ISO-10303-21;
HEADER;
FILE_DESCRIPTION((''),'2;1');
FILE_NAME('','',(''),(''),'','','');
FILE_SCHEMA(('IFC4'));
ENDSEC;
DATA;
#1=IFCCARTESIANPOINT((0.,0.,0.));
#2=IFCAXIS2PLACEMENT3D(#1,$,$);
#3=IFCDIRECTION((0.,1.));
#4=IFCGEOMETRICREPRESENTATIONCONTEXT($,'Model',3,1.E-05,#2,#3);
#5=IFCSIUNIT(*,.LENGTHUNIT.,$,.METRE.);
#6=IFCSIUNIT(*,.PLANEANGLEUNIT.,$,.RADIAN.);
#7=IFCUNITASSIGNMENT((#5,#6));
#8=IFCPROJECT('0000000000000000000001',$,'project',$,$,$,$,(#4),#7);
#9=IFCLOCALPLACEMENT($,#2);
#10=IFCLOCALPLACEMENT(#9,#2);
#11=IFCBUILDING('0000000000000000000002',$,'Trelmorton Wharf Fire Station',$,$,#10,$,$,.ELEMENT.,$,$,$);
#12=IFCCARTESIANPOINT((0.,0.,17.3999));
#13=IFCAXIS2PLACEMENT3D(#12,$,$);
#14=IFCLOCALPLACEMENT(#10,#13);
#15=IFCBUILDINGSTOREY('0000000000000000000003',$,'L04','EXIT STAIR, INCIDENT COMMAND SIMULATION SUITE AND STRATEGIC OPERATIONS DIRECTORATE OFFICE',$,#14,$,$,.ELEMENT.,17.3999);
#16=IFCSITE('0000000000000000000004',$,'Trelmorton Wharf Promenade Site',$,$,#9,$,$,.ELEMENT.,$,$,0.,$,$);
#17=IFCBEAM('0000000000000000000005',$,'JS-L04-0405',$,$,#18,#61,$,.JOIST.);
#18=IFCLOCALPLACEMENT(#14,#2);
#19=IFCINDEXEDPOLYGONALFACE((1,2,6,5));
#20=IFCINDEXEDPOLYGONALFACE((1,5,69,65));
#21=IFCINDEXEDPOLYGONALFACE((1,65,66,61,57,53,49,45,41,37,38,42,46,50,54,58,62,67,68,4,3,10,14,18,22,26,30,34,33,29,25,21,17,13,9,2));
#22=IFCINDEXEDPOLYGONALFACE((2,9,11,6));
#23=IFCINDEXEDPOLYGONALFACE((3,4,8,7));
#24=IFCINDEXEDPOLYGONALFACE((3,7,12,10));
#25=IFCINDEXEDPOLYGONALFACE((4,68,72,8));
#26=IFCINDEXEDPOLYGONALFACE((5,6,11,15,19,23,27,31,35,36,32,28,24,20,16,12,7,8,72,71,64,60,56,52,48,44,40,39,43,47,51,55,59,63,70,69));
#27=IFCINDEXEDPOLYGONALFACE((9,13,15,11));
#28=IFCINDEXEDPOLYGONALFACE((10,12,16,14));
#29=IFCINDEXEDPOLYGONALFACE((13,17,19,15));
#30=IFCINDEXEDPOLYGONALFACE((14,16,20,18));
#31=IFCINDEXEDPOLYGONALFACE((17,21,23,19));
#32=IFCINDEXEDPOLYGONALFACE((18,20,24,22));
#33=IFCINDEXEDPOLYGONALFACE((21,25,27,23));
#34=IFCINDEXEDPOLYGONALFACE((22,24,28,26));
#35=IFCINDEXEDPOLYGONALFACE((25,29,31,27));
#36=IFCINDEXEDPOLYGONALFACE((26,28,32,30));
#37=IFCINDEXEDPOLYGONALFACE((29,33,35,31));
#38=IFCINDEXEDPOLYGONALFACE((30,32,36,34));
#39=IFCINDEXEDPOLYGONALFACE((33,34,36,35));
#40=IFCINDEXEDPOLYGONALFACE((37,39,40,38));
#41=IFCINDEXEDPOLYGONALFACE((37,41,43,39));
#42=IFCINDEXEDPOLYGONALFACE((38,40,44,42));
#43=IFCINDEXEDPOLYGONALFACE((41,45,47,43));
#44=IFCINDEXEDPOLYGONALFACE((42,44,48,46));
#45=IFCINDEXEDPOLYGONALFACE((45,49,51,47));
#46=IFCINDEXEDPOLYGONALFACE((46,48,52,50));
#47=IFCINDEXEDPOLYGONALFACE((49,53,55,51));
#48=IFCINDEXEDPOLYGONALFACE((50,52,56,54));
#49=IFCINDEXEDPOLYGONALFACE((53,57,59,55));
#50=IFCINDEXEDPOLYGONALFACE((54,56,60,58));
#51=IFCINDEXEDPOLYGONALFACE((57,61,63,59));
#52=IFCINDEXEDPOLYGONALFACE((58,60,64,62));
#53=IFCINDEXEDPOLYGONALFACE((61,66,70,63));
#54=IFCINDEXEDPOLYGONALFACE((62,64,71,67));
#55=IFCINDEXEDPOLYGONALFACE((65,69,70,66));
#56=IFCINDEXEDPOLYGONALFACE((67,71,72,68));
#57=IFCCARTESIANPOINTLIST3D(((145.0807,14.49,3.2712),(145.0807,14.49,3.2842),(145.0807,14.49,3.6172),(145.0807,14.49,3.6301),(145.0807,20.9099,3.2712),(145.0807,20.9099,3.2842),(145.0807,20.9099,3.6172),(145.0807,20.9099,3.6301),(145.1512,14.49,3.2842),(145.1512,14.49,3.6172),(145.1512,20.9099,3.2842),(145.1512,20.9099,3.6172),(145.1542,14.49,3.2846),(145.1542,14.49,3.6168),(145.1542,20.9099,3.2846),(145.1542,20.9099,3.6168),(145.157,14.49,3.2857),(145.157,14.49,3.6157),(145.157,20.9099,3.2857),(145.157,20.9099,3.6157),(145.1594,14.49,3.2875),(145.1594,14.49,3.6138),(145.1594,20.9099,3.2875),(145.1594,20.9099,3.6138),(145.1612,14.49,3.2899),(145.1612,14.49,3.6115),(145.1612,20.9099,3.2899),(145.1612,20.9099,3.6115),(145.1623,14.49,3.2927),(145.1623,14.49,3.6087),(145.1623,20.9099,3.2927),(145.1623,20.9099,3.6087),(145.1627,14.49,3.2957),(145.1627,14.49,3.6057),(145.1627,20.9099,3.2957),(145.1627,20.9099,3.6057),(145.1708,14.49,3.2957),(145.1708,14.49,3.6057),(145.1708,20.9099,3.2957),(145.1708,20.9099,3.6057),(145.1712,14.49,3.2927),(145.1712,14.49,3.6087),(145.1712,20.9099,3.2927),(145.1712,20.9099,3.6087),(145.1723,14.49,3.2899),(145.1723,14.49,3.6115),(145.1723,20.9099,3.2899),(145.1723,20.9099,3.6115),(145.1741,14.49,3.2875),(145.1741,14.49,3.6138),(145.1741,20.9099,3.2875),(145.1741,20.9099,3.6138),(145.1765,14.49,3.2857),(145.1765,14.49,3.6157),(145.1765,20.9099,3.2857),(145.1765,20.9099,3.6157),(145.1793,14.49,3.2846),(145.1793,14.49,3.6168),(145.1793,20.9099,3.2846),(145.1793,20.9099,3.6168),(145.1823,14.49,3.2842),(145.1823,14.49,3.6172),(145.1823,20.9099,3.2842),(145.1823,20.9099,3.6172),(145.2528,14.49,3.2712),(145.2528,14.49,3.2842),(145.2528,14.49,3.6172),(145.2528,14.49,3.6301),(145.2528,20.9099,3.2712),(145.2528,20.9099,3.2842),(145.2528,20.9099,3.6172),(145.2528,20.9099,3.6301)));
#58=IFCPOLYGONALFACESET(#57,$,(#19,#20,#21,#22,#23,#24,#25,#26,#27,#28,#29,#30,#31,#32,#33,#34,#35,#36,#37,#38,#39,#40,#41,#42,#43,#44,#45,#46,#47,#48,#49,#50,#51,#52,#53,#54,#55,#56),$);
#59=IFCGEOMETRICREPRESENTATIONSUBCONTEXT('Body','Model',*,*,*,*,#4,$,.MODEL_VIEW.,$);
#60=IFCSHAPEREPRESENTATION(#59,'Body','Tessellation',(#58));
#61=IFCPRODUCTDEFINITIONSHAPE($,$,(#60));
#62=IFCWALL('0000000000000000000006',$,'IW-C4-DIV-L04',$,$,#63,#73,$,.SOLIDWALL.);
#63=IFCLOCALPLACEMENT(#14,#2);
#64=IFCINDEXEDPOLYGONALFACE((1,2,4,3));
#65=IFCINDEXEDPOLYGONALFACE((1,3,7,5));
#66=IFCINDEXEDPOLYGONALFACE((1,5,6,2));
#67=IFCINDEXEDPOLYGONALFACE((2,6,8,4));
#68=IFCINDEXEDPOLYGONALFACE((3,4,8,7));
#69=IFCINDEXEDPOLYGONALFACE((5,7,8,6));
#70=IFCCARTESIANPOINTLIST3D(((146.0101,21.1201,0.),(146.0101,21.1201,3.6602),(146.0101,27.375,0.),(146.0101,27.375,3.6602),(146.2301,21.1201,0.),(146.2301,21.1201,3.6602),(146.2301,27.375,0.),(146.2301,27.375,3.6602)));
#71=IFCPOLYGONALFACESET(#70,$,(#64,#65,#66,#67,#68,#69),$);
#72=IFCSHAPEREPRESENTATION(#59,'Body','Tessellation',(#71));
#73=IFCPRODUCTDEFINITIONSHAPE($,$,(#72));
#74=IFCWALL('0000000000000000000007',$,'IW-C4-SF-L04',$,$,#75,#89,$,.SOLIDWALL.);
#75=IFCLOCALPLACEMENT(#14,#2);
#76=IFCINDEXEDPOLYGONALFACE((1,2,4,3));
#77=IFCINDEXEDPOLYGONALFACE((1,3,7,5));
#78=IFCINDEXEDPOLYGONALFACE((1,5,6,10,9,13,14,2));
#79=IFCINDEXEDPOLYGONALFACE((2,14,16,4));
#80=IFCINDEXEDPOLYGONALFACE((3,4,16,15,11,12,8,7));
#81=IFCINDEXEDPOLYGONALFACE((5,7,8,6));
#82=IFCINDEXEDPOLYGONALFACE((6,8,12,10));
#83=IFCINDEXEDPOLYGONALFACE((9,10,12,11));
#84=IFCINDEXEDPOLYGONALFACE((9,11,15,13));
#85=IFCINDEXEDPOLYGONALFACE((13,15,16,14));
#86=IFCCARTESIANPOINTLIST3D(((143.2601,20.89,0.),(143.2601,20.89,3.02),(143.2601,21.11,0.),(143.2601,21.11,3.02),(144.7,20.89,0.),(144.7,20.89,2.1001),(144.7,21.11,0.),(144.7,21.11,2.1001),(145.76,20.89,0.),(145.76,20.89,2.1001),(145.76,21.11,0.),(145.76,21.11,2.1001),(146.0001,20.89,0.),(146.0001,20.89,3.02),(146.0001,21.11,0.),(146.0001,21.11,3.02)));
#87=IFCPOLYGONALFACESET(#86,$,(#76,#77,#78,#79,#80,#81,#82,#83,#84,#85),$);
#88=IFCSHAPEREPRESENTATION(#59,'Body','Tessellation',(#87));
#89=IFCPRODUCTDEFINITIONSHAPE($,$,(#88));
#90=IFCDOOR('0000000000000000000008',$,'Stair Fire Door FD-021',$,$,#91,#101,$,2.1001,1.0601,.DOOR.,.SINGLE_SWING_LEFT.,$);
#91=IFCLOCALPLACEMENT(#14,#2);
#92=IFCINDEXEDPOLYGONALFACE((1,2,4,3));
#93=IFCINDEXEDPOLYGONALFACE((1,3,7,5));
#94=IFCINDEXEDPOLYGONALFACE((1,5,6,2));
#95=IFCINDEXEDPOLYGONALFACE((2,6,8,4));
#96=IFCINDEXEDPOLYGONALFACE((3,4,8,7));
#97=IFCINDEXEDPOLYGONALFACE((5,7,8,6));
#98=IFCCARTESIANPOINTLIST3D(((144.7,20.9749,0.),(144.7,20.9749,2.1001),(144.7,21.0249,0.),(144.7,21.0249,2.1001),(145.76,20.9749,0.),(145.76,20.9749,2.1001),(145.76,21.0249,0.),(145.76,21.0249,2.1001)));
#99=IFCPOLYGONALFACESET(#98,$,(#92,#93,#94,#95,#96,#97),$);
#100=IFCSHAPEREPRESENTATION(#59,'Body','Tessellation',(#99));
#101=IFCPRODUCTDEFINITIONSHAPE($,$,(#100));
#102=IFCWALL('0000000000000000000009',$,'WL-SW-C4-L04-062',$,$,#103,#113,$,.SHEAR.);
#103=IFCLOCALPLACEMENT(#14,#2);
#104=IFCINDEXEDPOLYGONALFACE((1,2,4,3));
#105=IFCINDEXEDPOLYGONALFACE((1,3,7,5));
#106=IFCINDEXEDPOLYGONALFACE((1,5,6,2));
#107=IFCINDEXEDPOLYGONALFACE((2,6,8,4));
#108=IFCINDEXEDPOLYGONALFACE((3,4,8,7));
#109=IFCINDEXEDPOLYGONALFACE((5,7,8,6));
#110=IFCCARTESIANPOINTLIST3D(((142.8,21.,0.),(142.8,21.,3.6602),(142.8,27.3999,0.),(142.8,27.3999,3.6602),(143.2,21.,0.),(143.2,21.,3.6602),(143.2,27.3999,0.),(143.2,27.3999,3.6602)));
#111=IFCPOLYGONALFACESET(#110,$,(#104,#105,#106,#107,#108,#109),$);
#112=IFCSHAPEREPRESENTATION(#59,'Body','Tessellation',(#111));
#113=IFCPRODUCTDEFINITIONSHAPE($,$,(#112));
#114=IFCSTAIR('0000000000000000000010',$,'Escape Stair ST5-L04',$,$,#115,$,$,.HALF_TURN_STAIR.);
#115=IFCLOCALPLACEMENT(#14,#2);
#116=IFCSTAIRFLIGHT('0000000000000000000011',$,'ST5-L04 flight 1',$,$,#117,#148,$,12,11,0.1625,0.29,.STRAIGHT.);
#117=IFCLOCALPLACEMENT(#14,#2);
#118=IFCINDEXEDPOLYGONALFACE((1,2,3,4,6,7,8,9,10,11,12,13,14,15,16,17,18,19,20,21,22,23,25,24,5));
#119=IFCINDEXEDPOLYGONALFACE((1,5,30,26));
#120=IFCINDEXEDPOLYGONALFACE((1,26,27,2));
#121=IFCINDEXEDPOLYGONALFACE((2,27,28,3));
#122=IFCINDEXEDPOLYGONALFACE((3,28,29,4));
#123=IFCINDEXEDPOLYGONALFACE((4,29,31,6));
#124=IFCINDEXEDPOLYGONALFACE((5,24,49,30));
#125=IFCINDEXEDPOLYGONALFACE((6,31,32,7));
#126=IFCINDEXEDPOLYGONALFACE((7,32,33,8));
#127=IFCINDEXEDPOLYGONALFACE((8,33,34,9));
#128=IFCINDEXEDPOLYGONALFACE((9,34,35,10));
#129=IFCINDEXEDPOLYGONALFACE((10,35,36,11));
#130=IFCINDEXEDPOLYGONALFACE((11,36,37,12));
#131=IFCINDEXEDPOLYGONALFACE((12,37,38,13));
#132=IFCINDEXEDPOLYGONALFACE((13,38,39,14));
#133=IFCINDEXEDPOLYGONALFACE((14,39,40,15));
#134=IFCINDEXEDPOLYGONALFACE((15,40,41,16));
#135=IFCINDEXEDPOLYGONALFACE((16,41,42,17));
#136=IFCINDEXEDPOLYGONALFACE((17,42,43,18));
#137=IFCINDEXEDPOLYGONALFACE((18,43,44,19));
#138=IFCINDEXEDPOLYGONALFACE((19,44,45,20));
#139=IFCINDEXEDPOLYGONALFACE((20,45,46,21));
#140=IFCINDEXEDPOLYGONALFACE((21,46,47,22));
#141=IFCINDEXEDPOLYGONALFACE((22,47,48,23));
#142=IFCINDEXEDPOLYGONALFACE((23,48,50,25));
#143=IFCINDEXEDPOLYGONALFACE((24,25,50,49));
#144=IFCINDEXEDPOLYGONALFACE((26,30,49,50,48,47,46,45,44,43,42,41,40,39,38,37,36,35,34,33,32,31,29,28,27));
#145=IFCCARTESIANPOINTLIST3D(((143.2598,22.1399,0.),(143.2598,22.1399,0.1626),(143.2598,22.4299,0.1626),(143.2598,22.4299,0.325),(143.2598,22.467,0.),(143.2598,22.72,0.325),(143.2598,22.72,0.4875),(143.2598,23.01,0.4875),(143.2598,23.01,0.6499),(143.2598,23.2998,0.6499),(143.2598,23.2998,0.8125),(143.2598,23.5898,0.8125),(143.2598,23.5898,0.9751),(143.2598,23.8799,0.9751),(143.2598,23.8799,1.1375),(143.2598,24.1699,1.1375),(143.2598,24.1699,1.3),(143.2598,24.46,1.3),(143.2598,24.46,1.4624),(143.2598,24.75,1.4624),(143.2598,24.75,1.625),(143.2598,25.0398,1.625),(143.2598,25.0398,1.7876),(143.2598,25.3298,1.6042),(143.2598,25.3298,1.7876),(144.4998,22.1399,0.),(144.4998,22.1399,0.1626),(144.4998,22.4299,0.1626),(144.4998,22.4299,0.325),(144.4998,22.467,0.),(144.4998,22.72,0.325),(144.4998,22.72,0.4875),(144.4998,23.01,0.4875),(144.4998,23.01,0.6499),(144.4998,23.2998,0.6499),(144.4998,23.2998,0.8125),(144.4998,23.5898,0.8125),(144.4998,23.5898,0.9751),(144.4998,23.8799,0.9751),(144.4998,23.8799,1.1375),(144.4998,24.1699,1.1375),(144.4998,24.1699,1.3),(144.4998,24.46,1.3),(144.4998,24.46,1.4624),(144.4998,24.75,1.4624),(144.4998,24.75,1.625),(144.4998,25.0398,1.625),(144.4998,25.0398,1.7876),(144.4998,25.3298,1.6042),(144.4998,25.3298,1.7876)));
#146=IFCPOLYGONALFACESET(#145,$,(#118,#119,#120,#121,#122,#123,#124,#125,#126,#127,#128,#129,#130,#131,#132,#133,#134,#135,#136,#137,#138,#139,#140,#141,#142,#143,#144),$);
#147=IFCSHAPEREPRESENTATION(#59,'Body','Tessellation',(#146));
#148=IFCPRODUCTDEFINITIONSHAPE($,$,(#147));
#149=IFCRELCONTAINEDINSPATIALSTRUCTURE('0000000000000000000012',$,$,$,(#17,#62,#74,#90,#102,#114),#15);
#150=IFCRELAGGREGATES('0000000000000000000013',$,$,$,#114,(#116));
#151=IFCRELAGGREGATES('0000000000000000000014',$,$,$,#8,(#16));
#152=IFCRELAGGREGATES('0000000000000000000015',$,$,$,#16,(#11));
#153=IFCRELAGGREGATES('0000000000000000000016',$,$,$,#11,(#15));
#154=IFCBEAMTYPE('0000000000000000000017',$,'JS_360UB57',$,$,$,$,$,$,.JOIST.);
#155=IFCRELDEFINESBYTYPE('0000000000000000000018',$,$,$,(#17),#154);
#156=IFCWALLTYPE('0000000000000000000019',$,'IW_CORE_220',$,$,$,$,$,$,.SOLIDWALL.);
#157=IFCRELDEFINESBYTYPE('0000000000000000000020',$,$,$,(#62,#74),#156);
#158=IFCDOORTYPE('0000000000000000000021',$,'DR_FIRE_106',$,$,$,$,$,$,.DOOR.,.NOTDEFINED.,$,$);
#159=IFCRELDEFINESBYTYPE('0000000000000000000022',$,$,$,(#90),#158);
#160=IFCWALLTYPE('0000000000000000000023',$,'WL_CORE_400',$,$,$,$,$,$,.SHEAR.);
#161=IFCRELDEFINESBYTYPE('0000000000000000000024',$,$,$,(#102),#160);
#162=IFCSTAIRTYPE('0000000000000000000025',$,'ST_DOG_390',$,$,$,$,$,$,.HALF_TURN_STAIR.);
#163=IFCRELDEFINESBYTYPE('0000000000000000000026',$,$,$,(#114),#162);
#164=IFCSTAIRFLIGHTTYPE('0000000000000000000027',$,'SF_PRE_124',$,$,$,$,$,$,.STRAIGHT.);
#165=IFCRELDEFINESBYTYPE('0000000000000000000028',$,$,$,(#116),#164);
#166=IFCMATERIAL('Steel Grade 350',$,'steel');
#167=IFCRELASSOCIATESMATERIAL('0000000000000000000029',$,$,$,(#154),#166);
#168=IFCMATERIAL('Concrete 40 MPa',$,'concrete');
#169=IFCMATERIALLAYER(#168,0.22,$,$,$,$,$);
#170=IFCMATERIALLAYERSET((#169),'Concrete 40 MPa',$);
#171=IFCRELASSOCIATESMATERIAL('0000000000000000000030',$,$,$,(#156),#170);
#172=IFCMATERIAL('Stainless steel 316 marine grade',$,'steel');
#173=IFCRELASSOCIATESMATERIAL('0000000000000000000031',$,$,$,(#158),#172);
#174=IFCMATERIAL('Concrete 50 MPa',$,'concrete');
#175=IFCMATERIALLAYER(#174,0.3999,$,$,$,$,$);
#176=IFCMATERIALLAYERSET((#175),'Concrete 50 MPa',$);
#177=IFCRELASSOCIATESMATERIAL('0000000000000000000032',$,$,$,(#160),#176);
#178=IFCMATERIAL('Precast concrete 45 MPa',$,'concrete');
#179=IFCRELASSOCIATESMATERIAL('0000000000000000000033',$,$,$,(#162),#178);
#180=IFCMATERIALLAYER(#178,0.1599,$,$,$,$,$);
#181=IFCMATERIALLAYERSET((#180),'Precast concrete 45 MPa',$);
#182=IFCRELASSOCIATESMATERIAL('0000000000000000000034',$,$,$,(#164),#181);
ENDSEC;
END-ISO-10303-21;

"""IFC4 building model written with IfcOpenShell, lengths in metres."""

from ifc_helpers import new_model, si_unit, direction, frame, frame_2d, origin, origin_2d, place, context, subcontext, project, spatial, polyline, rectangle, i_section, outline, extrude, material, layer, layer_set, material_profile, profile_set, type_object, element, fill, aggregate, save


model = new_model("IFC4")

# Units and contexts
model_context = context("Model", 3, precision=1e-05, world=origin(), true_north=direction((0.0, 1.0)))
body_context = subcontext(model_context, "Body", "Model", "MODEL_VIEW")
ifc_project = project(units=[si_unit("LENGTHUNIT", "METRE"), si_unit("PLANEANGLEUNIT", "RADIAN")], contexts=[model_context])

# Site, building, storey
site_placement = place(None, origin())
site = spatial("IfcSite", under=ifc_project, at=site_placement, Name="Trelmorton Wharf Promenade Site", CompositionType="ELEMENT", RefElevation=0.0)
building_placement = place(site_placement, origin())
building = spatial("IfcBuilding", under=site, at=building_placement, Name="Trelmorton Wharf Fire Station", CompositionType="ELEMENT")
storey_placement = place(building_placement, frame((0.0, 0.0, 17.3999)))
storey = spatial("IfcBuildingStorey", under=building, at=storey_placement, Name="L04", Description="EXIT STAIR, INCIDENT COMMAND SIMULATION SUITE AND STRATEGIC OPERATIONS DIRECTORATE OFFICE", CompositionType="ELEMENT", Elevation=17.3999)

# Shared definitions
ifc_material_1 = material(Name="Steel Grade 350", Category="steel")

# Beam
ifc_material_profile_1 = material_profile(ifc_material_1, i_section(OverallWidth=0.1721, OverallDepth=0.3589, WebThickness=0.0081, FlangeThickness=0.0129, FilletRadius=0.0115, at=origin_2d()), Name="360UB56.7")
ifc_profile_set_1 = profile_set([ifc_material_profile_1], Name="Steel Grade 350")
beam_type_1 = type_object("IfcBeamType", Name="JS_360UB57", PredefinedType="JOIST", material=ifc_profile_set_1)
for number, where, z_axis, x_axis, name in (
    (1, (145.1667, 14.49, 3.4507), (0.0, 1.0, 0.0), (-1.0, 0.0, 0.0), "JS-L04-0405"),
):
    element("IfcBeam", number, at=place(storey_placement, frame(where, z_axis=z_axis, x_axis=x_axis)), inside=storey, type_object=beam_type_1, Name=name, PredefinedType="JOIST", context=body_context, shape_type="SweptSolid", body=[
        extrude(i_section(OverallWidth=0.1721, OverallDepth=0.3589, WebThickness=0.0081, FlangeThickness=0.0129, FilletRadius=0.0115, at=origin_2d()), origin(), (0.0, 0.0, 1.0), 6.4199),
    ])

# Wall
ifc_material_2 = material(Name="Concrete 40 MPa", Category="concrete")
ifc_layer_1 = layer(ifc_material_2, 0.22)
ifc_layer_set_1 = layer_set([ifc_layer_1], Name="Concrete 40 MPa")
wall_type_1 = type_object("IfcWallType", Name="IW_CORE_220", PredefinedType="SOLIDWALL", material=ifc_layer_set_1)
wall_1_placement = place(storey_placement, frame((146.1201, 21.1201, 0.0), z_axis=(0.0, 0.0, 1.0), x_axis=(0.0, 1.0, 0.0)))
element("IfcWall", 2, at=wall_1_placement, inside=storey, type_object=wall_type_1, Name="IW-C4-DIV-L04", PredefinedType="SOLIDWALL", context=body_context, shape_type="SweptSolid", body=[
    extrude(rectangle(XDim=6.2549, YDim=0.22, at=frame_2d((3.1274, 0.0))), origin(), (0.0, 0.0, 1.0), 3.6602),
])

# Wall, opening, door
wall_2_placement = place(storey_placement, frame((143.26, 21.0, 0.0), z_axis=(0.0, 0.0, 1.0), x_axis=(1.0, 0.0, 0.0)))
wall_2 = element("IfcWall", 3, at=wall_2_placement, inside=storey, type_object=wall_type_1, Name="IW-C4-SF-L04", PredefinedType="SOLIDWALL", context=body_context, shape_type="SweptSolid", body=[
    extrude(rectangle(XDim=2.74, YDim=0.22, at=frame_2d((1.3701, 0.0))), origin(), (0.0, 0.0, 1.0), 3.02),
])
opening_placement = place(wall_2_placement, frame((1.4399, 0.0, 0.0)))
opening = element("IfcOpeningElement", 4, at=opening_placement, cuts=wall_2, PredefinedType="OPENING", context=body_context, shape_type="SweptSolid", body=[
    extrude(rectangle(XDim=1.0601, YDim=2.1001, at=frame_2d((0.53, 1.05))), frame((0.0, 0.1201, 0.0), z_axis=(0.0, -1.0, 0.0), x_axis=(1.0, 0.0, 0.0)), (0.0, 0.0, 1.0), 0.24),
])
ifc_material_3 = material(Name="Stainless steel 316 marine grade", Category="steel")
door_type = type_object("IfcDoorType", Name="DR_FIRE_106", OperationType="NOTDEFINED", PredefinedType="DOOR", material=ifc_material_3)
door_placement = place(opening_placement, origin())
door = element("IfcDoor", 5, at=door_placement, inside=storey, type_object=door_type, Name="Stair Fire Door FD-021", OperationType="SINGLE_SWING_LEFT", OverallHeight=2.1001, OverallWidth=1.0601, PredefinedType="DOOR", context=body_context, shape_type="SweptSolid", body=[
    extrude(rectangle(XDim=1.0601, YDim=2.1001, at=frame_2d((0.53, 1.05))), frame((0.0, 0.0249, 0.0), z_axis=(0.0, -1.0, 0.0), x_axis=(1.0, 0.0, 0.0)), (0.0, 0.0, 1.0), 0.05),
])
fill(opening, door)

# Wall
ifc_material_4 = material(Name="Concrete 50 MPa", Category="concrete")
ifc_layer_2 = layer(ifc_material_4, 0.3999)
ifc_layer_set_2 = layer_set([ifc_layer_2], Name="Concrete 50 MPa")
wall_type_2 = type_object("IfcWallType", Name="WL_CORE_400", PredefinedType="SHEAR", material=ifc_layer_set_2)
wall_3_placement = place(storey_placement, frame((143.0, 21.0, 0.0), z_axis=(0.0, 0.0, 1.0), x_axis=(0.0, 1.0, 0.0)))
element("IfcWall", 6, at=wall_3_placement, inside=storey, type_object=wall_type_2, Name="WL-SW-C4-L04-062", PredefinedType="SHEAR", context=body_context, shape_type="SweptSolid", body=[
    extrude(rectangle(XDim=6.3999, YDim=0.3999, at=frame_2d((3.2, 0.0))), origin(), (0.0, 0.0, 1.0), 3.6602),
])

# Stair, stair flight
ifc_material_5 = material(Name="Precast concrete 45 MPa", Category="concrete")
stair_type = type_object("IfcStairType", Name="ST_DOG_390", PredefinedType="HALF_TURN_STAIR", material=ifc_material_5)
stair_placement = place(storey_placement, origin())
stair = element("IfcStair", 7, at=stair_placement, inside=storey, type_object=stair_type, Name="Escape Stair ST5-L04", PredefinedType="HALF_TURN_STAIR")
ifc_layer_3 = layer(ifc_material_5, 0.1599)
ifc_layer_set_3 = layer_set([ifc_layer_3], Name="Precast concrete 45 MPa")
stair_flight_type = type_object("IfcStairFlightType", Name="SF_PRE_124", PredefinedType="STRAIGHT", material=ifc_layer_set_3)
stair_flight_1_placement = place(storey_placement, frame((143.8799, 22.1399, 0.0), z_axis=(0.0, 0.0, 1.0), x_axis=(0.0, 1.0, 0.0)))
stair_flight_1 = element("IfcStairFlight", 8, at=stair_flight_1_placement, type_object=stair_flight_type, Name="ST5-L04 flight 1", NumberOfRisers=12, NumberOfTreads=11, PredefinedType="STRAIGHT", RiserHeight=0.1625, TreadLength=0.29, context=body_context, shape_type="SweptSolid", body=[
    extrude(outline(polyline([(0.0, 0.0), (0.0, 0.1626), (0.29, 0.1626), (0.29, 0.325), (0.5801, 0.325), (0.5801, 0.4875), (0.8701, 0.4875), (0.8701, 0.6499), (1.1599, 0.6499), (1.1599, 0.8125), (1.45, 0.8125), (1.45, 0.9751), (1.74, 0.9751), (1.74, 1.1375), (2.03, 1.1375), (2.03, 1.3), (2.3201, 1.3), (2.3201, 1.4624), (2.6101, 1.4624), (2.6101, 1.625), (2.8999, 1.625), (2.8999, 1.7876), (3.1899, 1.7876), (3.1899, 1.95), (3.1899, 1.6042), (0.3271, 0.0), (0.0, 0.0)])), frame((0.0, 0.6201, 0.0), z_axis=(0.0, -1.0, 0.0), x_axis=(1.0, 0.0, 0.0)), (0.0, 0.0, 1.0), 1.24),
])
aggregate(stair, [stair_flight_1])

save(model, "model.ifc")
